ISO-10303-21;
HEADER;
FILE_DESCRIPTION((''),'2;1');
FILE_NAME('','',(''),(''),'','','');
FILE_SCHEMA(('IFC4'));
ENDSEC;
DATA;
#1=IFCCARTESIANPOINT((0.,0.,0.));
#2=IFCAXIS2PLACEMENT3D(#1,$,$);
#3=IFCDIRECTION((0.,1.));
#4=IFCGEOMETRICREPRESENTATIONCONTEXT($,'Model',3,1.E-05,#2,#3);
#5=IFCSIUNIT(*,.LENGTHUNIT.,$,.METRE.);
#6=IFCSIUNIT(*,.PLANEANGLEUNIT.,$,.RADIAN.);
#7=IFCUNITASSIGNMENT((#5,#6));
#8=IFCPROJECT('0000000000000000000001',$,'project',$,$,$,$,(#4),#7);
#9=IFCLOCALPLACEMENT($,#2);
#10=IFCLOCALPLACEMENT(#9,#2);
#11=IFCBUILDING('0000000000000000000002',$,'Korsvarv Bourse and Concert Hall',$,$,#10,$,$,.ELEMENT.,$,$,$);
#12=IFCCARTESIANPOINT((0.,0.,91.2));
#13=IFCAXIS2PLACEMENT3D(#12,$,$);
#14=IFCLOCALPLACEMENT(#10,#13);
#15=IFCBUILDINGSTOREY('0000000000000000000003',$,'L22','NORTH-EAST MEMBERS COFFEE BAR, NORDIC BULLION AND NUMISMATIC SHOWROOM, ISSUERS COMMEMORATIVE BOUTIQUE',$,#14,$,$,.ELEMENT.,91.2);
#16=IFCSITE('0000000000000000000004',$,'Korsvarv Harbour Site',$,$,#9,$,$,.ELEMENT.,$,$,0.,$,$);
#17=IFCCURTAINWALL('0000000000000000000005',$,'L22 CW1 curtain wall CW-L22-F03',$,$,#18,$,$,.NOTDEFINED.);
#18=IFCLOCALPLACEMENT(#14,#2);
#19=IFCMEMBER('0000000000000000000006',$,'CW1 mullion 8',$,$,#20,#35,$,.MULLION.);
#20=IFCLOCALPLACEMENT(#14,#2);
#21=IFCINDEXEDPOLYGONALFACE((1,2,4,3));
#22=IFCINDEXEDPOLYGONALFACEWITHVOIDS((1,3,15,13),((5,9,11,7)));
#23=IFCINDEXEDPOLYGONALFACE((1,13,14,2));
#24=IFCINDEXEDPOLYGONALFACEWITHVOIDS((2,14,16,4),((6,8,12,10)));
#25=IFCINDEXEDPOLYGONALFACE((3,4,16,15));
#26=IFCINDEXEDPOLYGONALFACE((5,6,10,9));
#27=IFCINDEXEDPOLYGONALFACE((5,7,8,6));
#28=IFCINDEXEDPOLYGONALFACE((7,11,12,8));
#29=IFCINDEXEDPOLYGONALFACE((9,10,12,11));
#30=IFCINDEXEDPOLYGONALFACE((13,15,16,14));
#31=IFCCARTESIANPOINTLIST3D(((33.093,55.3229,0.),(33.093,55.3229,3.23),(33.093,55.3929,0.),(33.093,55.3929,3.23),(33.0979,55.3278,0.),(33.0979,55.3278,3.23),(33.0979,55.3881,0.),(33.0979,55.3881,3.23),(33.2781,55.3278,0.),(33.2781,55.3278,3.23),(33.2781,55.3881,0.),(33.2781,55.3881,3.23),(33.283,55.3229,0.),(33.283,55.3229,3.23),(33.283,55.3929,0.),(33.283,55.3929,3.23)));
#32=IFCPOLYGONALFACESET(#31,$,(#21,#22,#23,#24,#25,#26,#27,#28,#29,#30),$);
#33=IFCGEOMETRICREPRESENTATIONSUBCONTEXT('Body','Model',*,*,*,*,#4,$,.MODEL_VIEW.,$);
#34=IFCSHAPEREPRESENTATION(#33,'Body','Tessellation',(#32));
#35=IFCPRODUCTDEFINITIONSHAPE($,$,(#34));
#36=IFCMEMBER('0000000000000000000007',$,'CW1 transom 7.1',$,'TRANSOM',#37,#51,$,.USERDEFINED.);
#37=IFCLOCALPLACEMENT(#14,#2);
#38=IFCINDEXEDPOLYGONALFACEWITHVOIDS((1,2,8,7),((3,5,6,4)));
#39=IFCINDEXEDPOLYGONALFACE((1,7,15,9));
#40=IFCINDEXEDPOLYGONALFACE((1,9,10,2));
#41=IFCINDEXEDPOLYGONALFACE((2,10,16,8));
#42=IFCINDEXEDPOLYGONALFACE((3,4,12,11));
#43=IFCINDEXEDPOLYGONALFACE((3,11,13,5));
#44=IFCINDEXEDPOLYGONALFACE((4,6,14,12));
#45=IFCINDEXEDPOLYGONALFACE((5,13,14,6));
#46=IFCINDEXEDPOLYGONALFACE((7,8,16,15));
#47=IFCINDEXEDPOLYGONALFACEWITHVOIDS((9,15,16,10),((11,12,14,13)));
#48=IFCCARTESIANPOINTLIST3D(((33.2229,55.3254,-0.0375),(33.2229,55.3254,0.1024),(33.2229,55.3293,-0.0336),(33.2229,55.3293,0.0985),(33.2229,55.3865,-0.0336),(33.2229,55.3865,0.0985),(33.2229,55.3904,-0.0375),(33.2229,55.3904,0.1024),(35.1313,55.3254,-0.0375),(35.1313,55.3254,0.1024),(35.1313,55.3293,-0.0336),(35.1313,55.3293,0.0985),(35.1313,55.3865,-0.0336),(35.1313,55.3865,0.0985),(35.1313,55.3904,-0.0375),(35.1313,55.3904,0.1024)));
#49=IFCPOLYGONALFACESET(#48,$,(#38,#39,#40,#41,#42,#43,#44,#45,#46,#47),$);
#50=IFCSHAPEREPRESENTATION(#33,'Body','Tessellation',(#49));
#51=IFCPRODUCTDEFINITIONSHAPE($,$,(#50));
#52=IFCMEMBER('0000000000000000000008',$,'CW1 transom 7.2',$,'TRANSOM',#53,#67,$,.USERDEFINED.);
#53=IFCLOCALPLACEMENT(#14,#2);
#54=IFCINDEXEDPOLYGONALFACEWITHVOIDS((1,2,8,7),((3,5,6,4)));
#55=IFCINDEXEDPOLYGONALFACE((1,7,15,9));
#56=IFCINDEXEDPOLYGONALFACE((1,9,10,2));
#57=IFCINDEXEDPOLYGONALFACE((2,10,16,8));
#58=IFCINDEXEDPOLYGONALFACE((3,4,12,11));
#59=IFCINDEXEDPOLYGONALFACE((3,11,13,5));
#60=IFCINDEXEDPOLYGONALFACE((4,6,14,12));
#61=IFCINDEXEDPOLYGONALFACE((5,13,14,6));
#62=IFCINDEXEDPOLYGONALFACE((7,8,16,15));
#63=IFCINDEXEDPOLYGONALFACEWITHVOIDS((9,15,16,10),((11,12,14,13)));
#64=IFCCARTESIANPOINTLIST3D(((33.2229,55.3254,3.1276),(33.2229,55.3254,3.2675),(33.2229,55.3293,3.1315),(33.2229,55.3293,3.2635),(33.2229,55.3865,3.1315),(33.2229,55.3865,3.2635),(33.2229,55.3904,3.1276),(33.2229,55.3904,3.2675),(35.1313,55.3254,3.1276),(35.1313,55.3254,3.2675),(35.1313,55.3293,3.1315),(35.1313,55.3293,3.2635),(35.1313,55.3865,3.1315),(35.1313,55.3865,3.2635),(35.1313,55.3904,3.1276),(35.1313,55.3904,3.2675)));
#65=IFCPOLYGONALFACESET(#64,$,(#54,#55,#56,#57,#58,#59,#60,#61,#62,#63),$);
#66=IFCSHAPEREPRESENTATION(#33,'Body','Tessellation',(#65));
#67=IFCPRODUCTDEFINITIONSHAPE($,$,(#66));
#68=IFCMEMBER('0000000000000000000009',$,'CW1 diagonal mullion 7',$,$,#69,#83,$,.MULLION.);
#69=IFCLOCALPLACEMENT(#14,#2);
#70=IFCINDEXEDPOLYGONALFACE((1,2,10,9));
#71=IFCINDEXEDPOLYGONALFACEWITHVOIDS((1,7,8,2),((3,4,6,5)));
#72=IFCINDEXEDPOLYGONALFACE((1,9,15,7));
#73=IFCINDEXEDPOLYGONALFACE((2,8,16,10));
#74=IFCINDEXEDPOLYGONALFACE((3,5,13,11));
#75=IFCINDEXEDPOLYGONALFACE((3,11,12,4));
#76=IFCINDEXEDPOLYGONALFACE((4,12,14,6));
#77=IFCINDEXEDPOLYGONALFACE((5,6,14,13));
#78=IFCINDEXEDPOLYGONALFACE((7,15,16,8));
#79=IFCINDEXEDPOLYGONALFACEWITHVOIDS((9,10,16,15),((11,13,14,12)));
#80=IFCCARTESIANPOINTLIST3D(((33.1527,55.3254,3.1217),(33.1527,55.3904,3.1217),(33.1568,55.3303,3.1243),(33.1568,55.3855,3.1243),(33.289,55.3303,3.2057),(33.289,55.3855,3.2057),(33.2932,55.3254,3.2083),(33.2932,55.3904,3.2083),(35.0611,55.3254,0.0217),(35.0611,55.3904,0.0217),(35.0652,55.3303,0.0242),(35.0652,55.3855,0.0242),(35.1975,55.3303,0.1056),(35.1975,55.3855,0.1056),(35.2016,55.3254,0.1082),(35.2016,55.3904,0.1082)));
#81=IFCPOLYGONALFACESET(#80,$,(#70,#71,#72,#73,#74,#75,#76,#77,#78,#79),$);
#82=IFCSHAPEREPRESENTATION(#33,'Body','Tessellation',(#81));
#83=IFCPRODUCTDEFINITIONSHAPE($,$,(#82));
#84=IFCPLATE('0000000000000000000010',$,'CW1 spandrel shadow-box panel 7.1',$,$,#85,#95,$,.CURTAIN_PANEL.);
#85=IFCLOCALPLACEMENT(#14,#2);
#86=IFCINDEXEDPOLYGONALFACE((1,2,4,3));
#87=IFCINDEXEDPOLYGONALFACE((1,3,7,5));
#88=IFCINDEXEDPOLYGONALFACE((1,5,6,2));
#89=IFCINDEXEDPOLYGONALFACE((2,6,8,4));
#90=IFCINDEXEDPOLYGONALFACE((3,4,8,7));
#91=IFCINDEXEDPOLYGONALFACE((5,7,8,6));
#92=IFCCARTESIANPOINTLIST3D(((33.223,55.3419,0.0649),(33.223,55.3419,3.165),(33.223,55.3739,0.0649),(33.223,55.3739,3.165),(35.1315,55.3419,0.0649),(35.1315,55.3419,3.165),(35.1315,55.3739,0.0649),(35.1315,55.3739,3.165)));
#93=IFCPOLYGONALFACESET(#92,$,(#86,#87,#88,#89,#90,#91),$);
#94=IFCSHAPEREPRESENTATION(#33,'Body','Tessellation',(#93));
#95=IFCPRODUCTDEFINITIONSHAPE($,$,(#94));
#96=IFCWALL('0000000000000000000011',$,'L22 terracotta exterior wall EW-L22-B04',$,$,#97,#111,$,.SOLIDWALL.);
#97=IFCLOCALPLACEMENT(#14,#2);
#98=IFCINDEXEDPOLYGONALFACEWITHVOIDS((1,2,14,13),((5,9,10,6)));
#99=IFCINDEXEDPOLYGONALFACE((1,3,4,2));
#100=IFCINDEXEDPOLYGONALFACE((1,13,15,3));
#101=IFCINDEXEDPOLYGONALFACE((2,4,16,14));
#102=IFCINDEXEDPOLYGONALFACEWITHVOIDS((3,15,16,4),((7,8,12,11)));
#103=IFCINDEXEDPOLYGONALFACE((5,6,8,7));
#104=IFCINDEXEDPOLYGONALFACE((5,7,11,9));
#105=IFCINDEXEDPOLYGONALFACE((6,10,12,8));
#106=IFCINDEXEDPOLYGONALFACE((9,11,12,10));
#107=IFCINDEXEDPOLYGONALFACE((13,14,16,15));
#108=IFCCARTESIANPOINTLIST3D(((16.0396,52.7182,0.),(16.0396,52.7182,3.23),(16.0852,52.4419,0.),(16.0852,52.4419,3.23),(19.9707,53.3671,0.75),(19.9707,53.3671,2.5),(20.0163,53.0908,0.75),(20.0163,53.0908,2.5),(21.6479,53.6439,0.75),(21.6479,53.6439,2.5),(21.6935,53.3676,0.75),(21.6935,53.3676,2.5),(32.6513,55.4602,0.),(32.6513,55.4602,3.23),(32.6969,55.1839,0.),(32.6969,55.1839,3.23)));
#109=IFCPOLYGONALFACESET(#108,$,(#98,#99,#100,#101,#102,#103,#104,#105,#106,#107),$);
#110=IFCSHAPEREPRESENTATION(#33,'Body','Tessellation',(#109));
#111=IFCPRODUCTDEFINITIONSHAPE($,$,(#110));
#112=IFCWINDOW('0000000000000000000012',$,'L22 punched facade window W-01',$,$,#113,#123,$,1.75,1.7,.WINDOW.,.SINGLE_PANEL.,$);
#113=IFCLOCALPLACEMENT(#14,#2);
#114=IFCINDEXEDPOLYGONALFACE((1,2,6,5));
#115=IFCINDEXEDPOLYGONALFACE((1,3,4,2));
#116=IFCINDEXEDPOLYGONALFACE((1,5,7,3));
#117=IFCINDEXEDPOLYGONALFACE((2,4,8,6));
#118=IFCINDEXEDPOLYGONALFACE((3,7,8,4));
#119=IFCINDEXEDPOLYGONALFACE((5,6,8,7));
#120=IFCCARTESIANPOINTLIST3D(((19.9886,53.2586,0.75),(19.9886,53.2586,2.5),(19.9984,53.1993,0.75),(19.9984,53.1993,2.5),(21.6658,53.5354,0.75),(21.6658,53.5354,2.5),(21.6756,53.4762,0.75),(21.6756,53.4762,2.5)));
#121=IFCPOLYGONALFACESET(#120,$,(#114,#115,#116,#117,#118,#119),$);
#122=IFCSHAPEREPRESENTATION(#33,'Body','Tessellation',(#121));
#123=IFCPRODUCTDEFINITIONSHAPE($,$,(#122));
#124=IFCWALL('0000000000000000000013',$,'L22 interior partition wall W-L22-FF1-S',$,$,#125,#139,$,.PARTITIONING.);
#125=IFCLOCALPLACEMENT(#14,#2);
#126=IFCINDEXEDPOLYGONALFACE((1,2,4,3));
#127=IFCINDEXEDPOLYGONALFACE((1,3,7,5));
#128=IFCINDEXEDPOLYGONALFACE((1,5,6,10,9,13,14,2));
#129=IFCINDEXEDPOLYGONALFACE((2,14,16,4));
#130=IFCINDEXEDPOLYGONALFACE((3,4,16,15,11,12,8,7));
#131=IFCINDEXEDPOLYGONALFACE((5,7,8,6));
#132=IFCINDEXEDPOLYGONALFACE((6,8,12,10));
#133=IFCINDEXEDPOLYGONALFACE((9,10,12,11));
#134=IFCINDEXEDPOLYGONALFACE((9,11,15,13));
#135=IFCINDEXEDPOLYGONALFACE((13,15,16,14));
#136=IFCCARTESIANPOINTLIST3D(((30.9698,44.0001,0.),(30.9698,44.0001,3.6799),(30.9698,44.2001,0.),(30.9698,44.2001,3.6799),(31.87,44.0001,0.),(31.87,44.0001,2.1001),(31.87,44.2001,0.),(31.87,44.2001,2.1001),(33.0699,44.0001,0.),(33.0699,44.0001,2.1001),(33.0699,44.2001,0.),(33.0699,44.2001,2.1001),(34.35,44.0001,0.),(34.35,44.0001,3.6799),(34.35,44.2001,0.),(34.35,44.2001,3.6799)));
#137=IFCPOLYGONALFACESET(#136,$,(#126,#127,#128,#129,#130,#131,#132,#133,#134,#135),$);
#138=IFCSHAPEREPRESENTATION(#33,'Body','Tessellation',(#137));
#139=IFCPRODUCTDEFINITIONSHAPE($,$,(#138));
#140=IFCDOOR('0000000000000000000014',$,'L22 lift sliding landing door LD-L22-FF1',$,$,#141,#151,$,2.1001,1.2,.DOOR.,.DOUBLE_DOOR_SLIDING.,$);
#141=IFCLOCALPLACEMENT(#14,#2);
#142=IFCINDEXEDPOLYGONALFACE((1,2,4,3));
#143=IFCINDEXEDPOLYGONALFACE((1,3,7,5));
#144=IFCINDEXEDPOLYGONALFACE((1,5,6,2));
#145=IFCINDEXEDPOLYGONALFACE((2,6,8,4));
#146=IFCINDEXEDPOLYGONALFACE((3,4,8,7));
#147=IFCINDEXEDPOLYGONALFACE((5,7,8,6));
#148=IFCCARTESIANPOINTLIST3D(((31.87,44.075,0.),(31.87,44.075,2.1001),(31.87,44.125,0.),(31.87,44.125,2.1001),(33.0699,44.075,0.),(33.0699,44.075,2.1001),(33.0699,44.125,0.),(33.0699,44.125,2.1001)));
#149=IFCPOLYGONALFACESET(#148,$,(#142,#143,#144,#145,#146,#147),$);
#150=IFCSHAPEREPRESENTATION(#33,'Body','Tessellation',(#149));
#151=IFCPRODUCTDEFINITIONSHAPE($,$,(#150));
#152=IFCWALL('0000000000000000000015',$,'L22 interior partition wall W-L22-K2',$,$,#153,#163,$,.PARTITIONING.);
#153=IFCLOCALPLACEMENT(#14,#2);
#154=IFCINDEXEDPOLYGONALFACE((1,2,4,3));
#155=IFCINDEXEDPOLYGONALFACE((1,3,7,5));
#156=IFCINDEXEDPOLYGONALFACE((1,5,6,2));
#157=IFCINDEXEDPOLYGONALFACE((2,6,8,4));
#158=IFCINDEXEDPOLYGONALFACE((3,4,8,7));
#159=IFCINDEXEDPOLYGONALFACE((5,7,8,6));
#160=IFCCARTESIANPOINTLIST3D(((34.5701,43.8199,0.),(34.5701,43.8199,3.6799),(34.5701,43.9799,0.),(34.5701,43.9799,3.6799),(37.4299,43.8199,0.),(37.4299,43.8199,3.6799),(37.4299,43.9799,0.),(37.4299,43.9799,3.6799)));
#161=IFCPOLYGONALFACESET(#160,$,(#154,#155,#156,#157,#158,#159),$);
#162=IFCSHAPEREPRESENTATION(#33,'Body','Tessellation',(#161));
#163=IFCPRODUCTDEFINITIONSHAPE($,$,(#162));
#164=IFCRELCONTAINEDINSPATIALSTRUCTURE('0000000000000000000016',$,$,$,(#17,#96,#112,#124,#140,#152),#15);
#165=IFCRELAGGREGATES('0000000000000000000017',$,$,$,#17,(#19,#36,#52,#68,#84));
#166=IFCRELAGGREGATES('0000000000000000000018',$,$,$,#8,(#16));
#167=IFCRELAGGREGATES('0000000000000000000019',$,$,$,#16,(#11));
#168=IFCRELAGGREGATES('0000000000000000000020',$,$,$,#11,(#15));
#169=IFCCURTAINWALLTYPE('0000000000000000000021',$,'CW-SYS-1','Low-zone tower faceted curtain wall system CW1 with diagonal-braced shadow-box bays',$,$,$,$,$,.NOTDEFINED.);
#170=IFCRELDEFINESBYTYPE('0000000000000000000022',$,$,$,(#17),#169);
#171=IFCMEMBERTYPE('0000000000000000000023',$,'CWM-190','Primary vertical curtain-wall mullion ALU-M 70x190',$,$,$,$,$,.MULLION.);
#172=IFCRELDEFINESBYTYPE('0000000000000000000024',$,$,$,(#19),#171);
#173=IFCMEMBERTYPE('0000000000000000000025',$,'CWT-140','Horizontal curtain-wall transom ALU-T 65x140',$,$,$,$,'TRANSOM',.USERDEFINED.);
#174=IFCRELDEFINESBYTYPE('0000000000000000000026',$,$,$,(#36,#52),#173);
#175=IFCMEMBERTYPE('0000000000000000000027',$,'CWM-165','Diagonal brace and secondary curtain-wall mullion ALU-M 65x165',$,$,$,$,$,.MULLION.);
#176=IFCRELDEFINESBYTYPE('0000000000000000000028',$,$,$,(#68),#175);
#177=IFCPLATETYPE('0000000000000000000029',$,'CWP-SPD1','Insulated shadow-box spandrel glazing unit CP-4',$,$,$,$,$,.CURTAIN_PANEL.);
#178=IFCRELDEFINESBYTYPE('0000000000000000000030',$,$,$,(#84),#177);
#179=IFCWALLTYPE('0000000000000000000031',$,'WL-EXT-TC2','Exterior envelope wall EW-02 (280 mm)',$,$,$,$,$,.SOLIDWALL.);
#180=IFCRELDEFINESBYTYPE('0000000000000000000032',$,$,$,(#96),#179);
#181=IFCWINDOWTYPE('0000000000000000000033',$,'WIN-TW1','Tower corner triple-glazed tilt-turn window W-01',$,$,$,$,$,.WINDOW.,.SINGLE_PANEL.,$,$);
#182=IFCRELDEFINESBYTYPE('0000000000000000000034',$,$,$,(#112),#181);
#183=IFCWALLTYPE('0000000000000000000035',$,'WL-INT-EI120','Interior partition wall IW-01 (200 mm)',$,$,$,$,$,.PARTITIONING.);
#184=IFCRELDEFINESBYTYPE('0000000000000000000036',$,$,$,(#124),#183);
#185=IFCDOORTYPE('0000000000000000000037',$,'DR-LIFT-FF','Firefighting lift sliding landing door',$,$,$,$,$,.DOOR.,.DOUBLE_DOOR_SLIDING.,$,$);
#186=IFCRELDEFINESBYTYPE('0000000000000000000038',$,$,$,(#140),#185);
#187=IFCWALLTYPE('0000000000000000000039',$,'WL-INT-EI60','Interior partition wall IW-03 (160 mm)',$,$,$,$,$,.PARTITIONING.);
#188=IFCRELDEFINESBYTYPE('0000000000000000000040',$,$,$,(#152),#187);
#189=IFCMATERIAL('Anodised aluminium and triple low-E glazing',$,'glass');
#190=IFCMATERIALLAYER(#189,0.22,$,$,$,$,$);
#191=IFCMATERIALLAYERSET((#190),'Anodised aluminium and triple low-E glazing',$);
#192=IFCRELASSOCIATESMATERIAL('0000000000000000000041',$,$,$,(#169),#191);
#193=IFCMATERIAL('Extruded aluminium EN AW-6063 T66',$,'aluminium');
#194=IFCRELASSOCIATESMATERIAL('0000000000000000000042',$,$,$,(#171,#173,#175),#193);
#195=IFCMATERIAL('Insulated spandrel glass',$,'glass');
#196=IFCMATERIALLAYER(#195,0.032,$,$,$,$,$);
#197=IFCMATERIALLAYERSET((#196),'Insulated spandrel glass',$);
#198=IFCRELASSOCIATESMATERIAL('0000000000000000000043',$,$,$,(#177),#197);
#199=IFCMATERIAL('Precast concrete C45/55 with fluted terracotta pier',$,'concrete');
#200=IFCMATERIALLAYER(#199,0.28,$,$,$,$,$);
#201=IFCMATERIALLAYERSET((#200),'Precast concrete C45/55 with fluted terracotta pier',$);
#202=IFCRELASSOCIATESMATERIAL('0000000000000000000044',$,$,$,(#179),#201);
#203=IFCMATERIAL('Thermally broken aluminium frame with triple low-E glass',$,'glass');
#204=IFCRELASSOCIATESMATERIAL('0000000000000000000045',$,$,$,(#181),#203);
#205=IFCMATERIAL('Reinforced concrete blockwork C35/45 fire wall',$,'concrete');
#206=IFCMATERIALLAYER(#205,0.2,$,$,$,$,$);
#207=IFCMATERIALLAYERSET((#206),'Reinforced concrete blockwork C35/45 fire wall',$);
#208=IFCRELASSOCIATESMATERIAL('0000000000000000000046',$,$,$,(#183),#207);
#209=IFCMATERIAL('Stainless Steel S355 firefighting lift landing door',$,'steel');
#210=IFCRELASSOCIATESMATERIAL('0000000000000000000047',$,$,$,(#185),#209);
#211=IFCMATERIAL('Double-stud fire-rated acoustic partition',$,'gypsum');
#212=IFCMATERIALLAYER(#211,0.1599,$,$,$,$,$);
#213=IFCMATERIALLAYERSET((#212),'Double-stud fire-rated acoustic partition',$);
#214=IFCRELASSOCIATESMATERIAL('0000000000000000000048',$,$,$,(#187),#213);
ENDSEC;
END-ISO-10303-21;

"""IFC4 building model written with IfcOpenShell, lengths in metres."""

from ifc_helpers import new_model, si_unit, direction, frame, frame_2d, origin, origin_2d, place, context, subcontext, project, spatial, rectangle, hollow_rectangle, extrude, source, transform, mapped, material, layer, layer_set, material_profile, profile_set, type_object, element, fill, aggregate, save


model = new_model("IFC4")

# Units and contexts
model_context = context("Model", 3, precision=1e-05, world=origin(), true_north=direction((0.0, 1.0)))
body_context = subcontext(model_context, "Body", "Model", "MODEL_VIEW")
ifc_project = project(units=[si_unit("LENGTHUNIT", "METRE"), si_unit("PLANEANGLEUNIT", "RADIAN")], contexts=[model_context])

# Site, building, storey
site_placement = place(None, origin())
site = spatial("IfcSite", under=ifc_project, at=site_placement, Name="Korsvarv Harbour Site", CompositionType="ELEMENT", RefElevation=0.0)
building_placement = place(site_placement, origin())
building = spatial("IfcBuilding", under=site, at=building_placement, Name="Korsvarv Bourse and Concert Hall", CompositionType="ELEMENT")
storey_placement = place(building_placement, frame((0.0, 0.0, 91.2)))
storey = spatial("IfcBuildingStorey", under=building, at=storey_placement, Name="L22", Description="NORTH-EAST MEMBERS COFFEE BAR, NORDIC BULLION AND NUMISMATIC SHOWROOM, ISSUERS COMMEMORATIVE BOUTIQUE", CompositionType="ELEMENT", Elevation=91.2)

# Curtain wall, members, plate
ifc_material_1 = material(Name="Anodised aluminium and triple low-E glazing", Category="glass")
ifc_layer_1 = layer(ifc_material_1, 0.22)
ifc_layer_set_1 = layer_set([ifc_layer_1], Name="Anodised aluminium and triple low-E glazing")
curtain_wall_type = type_object("IfcCurtainWallType", Name="CW-SYS-1", Description="Low-zone tower faceted curtain wall system CW1 with diagonal-braced shadow-box bays", PredefinedType="NOTDEFINED", material=ifc_layer_set_1)
curtain_wall_placement = place(storey_placement, origin())
curtain_wall = element("IfcCurtainWall", 1, at=curtain_wall_placement, inside=storey, type_object=curtain_wall_type, Name="L22 CW1 curtain wall CW-L22-F03", PredefinedType="NOTDEFINED")
ifc_material_2 = material(Name="Extruded aluminium EN AW-6063 T66", Category="aluminium")
ifc_material_profile_1 = material_profile(ifc_material_2, hollow_rectangle(XDim=0.0701, YDim=0.1899, WallThickness=0.0049, at=origin_2d()), Name="ALU-M 70x190")
ifc_profile_set_1 = profile_set([ifc_material_profile_1], Name="Extruded aluminium EN AW-6063 T66")
member_type_1 = type_object("IfcMemberType", Name="CWM-190", Description="Primary vertical curtain-wall mullion ALU-M 70x190", PredefinedType="MULLION", material=ifc_profile_set_1)
shared_shape_1 = source(origin(), body_context, "Body", "SweptSolid", [
    extrude(hollow_rectangle(XDim=0.0701, YDim=0.1899, WallThickness=0.0049, at=origin_2d()), origin(), (0.0, 0.0, 1.0), 3.23),
])
member_1_placement = place(storey_placement, frame((33.188, 55.3579, 0.0), z_axis=(0.0, 0.0, 1.0), x_axis=(0.0, -1.0, 0.0)))
member_1 = element("IfcMember", 2, at=member_1_placement, type_object=member_type_1, Name="CW1 mullion 8", PredefinedType="MULLION", context=body_context, shape_type="MappedRepresentation", body=[
    mapped(shared_shape_1, transform((0.0, 0.0, 0.0), scale=1.0)),
])
ifc_material_profile_2 = material_profile(ifc_material_2, hollow_rectangle(XDim=0.0649, YDim=0.1399, WallThickness=0.0039, at=origin_2d()), Name="ALU-T 65x140")
ifc_profile_set_2 = profile_set([ifc_material_profile_2], Name="Extruded aluminium EN AW-6063 T66")
member_type_2 = type_object("IfcMemberType", Name="CWT-140", Description="Horizontal curtain-wall transom ALU-T 65x140", ElementType="TRANSOM", PredefinedType="USERDEFINED", material=ifc_profile_set_2)
shared_shape_2 = source(origin(), body_context, "Body", "SweptSolid", [
    extrude(hollow_rectangle(XDim=0.0649, YDim=0.1399, WallThickness=0.0039, at=origin_2d()), origin(), (0.0, 0.0, 1.0), 1.9084),
])
member_2_placement = place(storey_placement, frame((35.1313, 55.3579, 0.0325), z_axis=(-1.0, 0.0, 0.0), x_axis=(0.0, -1.0, 0.0)))
member_2 = element("IfcMember", 3, at=member_2_placement, type_object=member_type_2, Name="CW1 transom 7.1", ObjectType="TRANSOM", PredefinedType="USERDEFINED", context=body_context, shape_type="MappedRepresentation", body=[
    mapped(shared_shape_2, transform((0.0, 0.0, 0.0), scale=1.0)),
])
member_3_placement = place(storey_placement, frame((35.1313, 55.3579, 3.1975), z_axis=(-1.0, 0.0, 0.0), x_axis=(0.0, -1.0, 0.0)))
member_3 = element("IfcMember", 4, at=member_3_placement, type_object=member_type_2, Name="CW1 transom 7.2", ObjectType="TRANSOM", PredefinedType="USERDEFINED", context=body_context, shape_type="MappedRepresentation", body=[
    mapped(shared_shape_2, transform((0.0, 0.0, 0.0), scale=1.0)),
])
ifc_material_profile_3 = material_profile(ifc_material_2, hollow_rectangle(XDim=0.0649, YDim=0.165, WallThickness=0.0049, at=origin_2d()), Name="ALU-M 65x165")
ifc_profile_set_3 = profile_set([ifc_material_profile_3], Name="Extruded aluminium EN AW-6063 T66")
member_type_3 = type_object("IfcMemberType", Name="CWM-165", Description="Diagonal brace and secondary curtain-wall mullion ALU-M 65x165", PredefinedType="MULLION", material=ifc_profile_set_3)
shared_shape_3 = source(origin(), body_context, "Body", "SweptSolid", [
    extrude(hollow_rectangle(XDim=0.0649, YDim=0.165, WallThickness=0.0049, at=origin_2d()), origin(), (0.0, 0.0, 1.0), 3.6404),
])
member_4_placement = place(storey_placement, frame((35.1313, 55.3579, 0.0649), z_axis=(-0.524236, 0.0, 0.851573), x_axis=(0.0, -1.0, 0.0)))
member_4 = element("IfcMember", 5, at=member_4_placement, type_object=member_type_3, Name="CW1 diagonal mullion 7", PredefinedType="MULLION", context=body_context, shape_type="MappedRepresentation", body=[
    mapped(shared_shape_3, transform((0.0, 0.0, 0.0), scale=1.0)),
])
ifc_material_3 = material(Name="Insulated spandrel glass", Category="glass")
ifc_layer_2 = layer(ifc_material_3, 0.032)
ifc_layer_set_2 = layer_set([ifc_layer_2], Name="Insulated spandrel glass")
plate_type = type_object("IfcPlateType", Name="CWP-SPD1", Description="Insulated shadow-box spandrel glazing unit CP-4", PredefinedType="CURTAIN_PANEL", material=ifc_layer_set_2)
shared_shape_4 = source(origin(), body_context, "Body", "SweptSolid", [
    extrude(rectangle(XDim=1.9084, YDim=0.032, at=origin_2d()), origin(), (0.0, 0.0, 1.0), 3.1001),
])
plate_placement = place(storey_placement, frame((34.1772, 55.3579, 0.0649), z_axis=(0.0, 0.0, 1.0), x_axis=(-1.0, 0.0, 0.0)))
plate = element("IfcPlate", 6, at=plate_placement, type_object=plate_type, Name="CW1 spandrel shadow-box panel 7.1", PredefinedType="CURTAIN_PANEL", context=body_context, shape_type="MappedRepresentation", body=[
    mapped(shared_shape_4, transform((0.0, 0.0, 0.0), scale=1.0)),
])
aggregate(curtain_wall, [member_1, member_2, member_3, member_4, plate])

# Wall, opening, window
ifc_material_4 = material(Name="Precast concrete C45/55 with fluted terracotta pier", Category="concrete")
ifc_layer_3 = layer(ifc_material_4, 0.28)
ifc_layer_set_3 = layer_set([ifc_layer_3], Name="Precast concrete C45/55 with fluted terracotta pier")
wall_type_1 = type_object("IfcWallType", Name="WL-EXT-TC2", Description="Exterior envelope wall EW-02 (280 mm)", PredefinedType="SOLIDWALL", material=ifc_layer_set_3)
wall_1_placement = place(storey_placement, frame((32.6741, 55.322, 0.0), z_axis=(0.0, 0.0, 1.0), x_axis=(-0.986649, -0.162859, 0.0)))
wall_1 = element("IfcWall", 7, at=wall_1_placement, inside=storey, type_object=wall_type_1, Name="L22 terracotta exterior wall EW-L22-B04", PredefinedType="SOLIDWALL", context=body_context, shape_type="SweptSolid", body=[
    extrude(rectangle(XDim=16.8364, YDim=0.28, at=frame_2d((8.4182, 0.0))), origin(), (0.0, 0.0, 1.0), 3.23),
])
opening_1_placement = place(wall_1_placement, frame((11.1521, 0.0, 0.75)))
opening_1 = element("IfcOpeningElement", 8, at=opening_1_placement, cuts=wall_1, PredefinedType="OPENING", context=body_context, shape_type="SweptSolid", body=[
    extrude(rectangle(XDim=1.7, YDim=1.75, at=frame_2d((0.8501, 0.875))), frame((0.0, 0.1499, 0.0), z_axis=(0.0, -1.0, 0.0), x_axis=(1.0, 0.0, 0.0)), (0.0, 0.0, 1.0), 0.3),
])
ifc_material_5 = material(Name="Thermally broken aluminium frame with triple low-E glass", Category="glass")
window_type = type_object("IfcWindowType", Name="WIN-TW1", Description="Tower corner triple-glazed tilt-turn window W-01", PartitioningType="SINGLE_PANEL", PredefinedType="WINDOW", material=ifc_material_5)
window_placement = place(opening_1_placement, origin())
window = element("IfcWindow", 9, at=window_placement, inside=storey, type_object=window_type, Name="L22 punched facade window W-01", OverallHeight=1.75, OverallWidth=1.7, PartitioningType="SINGLE_PANEL", PredefinedType="WINDOW", context=body_context, shape_type="SweptSolid", body=[
    extrude(rectangle(XDim=1.7, YDim=1.75, at=frame_2d((0.8501, 0.875))), frame((0.0, 0.03, 0.0), z_axis=(0.0, -1.0, 0.0), x_axis=(1.0, 0.0, 0.0)), (0.0, 0.0, 1.0), 0.0601),
])
fill(opening_1, window)

# Wall, opening, door
ifc_material_6 = material(Name="Reinforced concrete blockwork C35/45 fire wall", Category="concrete")
ifc_layer_4 = layer(ifc_material_6, 0.2)
ifc_layer_set_4 = layer_set([ifc_layer_4], Name="Reinforced concrete blockwork C35/45 fire wall")
wall_type_2 = type_object("IfcWallType", Name="WL-INT-EI120", Description="Interior partition wall IW-01 (200 mm)", PredefinedType="PARTITIONING", material=ifc_layer_set_4)
wall_2_placement = place(storey_placement, frame((30.97, 44.1001, 0.0), z_axis=(0.0, 0.0, 1.0), x_axis=(1.0, 0.0, 0.0)))
wall_2 = element("IfcWall", 10, at=wall_2_placement, inside=storey, type_object=wall_type_2, Name="L22 interior partition wall W-L22-FF1-S", PredefinedType="PARTITIONING", context=body_context, shape_type="SweptSolid", body=[
    extrude(rectangle(XDim=3.3801, YDim=0.2, at=frame_2d((1.6899, 0.0))), origin(), (0.0, 0.0, 1.0), 3.6799),
])
opening_2_placement = place(wall_2_placement, frame((0.8999, 0.0, 0.0)))
opening_2 = element("IfcOpeningElement", 11, at=opening_2_placement, cuts=wall_2, PredefinedType="OPENING", context=body_context, shape_type="SweptSolid", body=[
    extrude(rectangle(XDim=1.2, YDim=2.1001, at=frame_2d((0.6001, 1.05))), frame((0.0, 0.1099, 0.0), z_axis=(0.0, -1.0, 0.0), x_axis=(1.0, 0.0, 0.0)), (0.0, 0.0, 1.0), 0.22),
])
ifc_material_7 = material(Name="Stainless Steel S355 firefighting lift landing door", Category="steel")
door_type = type_object("IfcDoorType", Name="DR-LIFT-FF", Description="Firefighting lift sliding landing door", OperationType="DOUBLE_DOOR_SLIDING", PredefinedType="DOOR", material=ifc_material_7)
door_placement = place(opening_2_placement, origin())
door = element("IfcDoor", 12, at=door_placement, inside=storey, type_object=door_type, Name="L22 lift sliding landing door LD-L22-FF1", OperationType="DOUBLE_DOOR_SLIDING", OverallHeight=2.1001, OverallWidth=1.2, PredefinedType="DOOR", context=body_context, shape_type="SweptSolid", body=[
    extrude(rectangle(XDim=1.2, YDim=2.1001, at=frame_2d((0.6001, 1.05))), frame((0.0, 0.0249, 0.0), z_axis=(0.0, -1.0, 0.0), x_axis=(1.0, 0.0, 0.0)), (0.0, 0.0, 1.0), 0.05),
])
fill(opening_2, door)

# Wall
ifc_material_8 = material(Name="Double-stud fire-rated acoustic partition", Category="gypsum")
ifc_layer_5 = layer(ifc_material_8, 0.1599)
ifc_layer_set_5 = layer_set([ifc_layer_5], Name="Double-stud fire-rated acoustic partition")
wall_type_3 = type_object("IfcWallType", Name="WL-INT-EI60", Description="Interior partition wall IW-03 (160 mm)", PredefinedType="PARTITIONING", material=ifc_layer_set_5)
wall_3_placement = place(storey_placement, frame((34.5701, 43.8999, 0.0), z_axis=(0.0, 0.0, 1.0), x_axis=(1.0, 0.0, 0.0)))
element("IfcWall", 13, at=wall_3_placement, inside=storey, type_object=wall_type_3, Name="L22 interior partition wall W-L22-K2", PredefinedType="PARTITIONING", context=body_context, shape_type="SweptSolid", body=[
    extrude(rectangle(XDim=2.8599, YDim=0.1599, at=frame_2d((1.4299, 0.0))), origin(), (0.0, 0.0, 1.0), 3.6799),
])

save(model, "model.ifc")
